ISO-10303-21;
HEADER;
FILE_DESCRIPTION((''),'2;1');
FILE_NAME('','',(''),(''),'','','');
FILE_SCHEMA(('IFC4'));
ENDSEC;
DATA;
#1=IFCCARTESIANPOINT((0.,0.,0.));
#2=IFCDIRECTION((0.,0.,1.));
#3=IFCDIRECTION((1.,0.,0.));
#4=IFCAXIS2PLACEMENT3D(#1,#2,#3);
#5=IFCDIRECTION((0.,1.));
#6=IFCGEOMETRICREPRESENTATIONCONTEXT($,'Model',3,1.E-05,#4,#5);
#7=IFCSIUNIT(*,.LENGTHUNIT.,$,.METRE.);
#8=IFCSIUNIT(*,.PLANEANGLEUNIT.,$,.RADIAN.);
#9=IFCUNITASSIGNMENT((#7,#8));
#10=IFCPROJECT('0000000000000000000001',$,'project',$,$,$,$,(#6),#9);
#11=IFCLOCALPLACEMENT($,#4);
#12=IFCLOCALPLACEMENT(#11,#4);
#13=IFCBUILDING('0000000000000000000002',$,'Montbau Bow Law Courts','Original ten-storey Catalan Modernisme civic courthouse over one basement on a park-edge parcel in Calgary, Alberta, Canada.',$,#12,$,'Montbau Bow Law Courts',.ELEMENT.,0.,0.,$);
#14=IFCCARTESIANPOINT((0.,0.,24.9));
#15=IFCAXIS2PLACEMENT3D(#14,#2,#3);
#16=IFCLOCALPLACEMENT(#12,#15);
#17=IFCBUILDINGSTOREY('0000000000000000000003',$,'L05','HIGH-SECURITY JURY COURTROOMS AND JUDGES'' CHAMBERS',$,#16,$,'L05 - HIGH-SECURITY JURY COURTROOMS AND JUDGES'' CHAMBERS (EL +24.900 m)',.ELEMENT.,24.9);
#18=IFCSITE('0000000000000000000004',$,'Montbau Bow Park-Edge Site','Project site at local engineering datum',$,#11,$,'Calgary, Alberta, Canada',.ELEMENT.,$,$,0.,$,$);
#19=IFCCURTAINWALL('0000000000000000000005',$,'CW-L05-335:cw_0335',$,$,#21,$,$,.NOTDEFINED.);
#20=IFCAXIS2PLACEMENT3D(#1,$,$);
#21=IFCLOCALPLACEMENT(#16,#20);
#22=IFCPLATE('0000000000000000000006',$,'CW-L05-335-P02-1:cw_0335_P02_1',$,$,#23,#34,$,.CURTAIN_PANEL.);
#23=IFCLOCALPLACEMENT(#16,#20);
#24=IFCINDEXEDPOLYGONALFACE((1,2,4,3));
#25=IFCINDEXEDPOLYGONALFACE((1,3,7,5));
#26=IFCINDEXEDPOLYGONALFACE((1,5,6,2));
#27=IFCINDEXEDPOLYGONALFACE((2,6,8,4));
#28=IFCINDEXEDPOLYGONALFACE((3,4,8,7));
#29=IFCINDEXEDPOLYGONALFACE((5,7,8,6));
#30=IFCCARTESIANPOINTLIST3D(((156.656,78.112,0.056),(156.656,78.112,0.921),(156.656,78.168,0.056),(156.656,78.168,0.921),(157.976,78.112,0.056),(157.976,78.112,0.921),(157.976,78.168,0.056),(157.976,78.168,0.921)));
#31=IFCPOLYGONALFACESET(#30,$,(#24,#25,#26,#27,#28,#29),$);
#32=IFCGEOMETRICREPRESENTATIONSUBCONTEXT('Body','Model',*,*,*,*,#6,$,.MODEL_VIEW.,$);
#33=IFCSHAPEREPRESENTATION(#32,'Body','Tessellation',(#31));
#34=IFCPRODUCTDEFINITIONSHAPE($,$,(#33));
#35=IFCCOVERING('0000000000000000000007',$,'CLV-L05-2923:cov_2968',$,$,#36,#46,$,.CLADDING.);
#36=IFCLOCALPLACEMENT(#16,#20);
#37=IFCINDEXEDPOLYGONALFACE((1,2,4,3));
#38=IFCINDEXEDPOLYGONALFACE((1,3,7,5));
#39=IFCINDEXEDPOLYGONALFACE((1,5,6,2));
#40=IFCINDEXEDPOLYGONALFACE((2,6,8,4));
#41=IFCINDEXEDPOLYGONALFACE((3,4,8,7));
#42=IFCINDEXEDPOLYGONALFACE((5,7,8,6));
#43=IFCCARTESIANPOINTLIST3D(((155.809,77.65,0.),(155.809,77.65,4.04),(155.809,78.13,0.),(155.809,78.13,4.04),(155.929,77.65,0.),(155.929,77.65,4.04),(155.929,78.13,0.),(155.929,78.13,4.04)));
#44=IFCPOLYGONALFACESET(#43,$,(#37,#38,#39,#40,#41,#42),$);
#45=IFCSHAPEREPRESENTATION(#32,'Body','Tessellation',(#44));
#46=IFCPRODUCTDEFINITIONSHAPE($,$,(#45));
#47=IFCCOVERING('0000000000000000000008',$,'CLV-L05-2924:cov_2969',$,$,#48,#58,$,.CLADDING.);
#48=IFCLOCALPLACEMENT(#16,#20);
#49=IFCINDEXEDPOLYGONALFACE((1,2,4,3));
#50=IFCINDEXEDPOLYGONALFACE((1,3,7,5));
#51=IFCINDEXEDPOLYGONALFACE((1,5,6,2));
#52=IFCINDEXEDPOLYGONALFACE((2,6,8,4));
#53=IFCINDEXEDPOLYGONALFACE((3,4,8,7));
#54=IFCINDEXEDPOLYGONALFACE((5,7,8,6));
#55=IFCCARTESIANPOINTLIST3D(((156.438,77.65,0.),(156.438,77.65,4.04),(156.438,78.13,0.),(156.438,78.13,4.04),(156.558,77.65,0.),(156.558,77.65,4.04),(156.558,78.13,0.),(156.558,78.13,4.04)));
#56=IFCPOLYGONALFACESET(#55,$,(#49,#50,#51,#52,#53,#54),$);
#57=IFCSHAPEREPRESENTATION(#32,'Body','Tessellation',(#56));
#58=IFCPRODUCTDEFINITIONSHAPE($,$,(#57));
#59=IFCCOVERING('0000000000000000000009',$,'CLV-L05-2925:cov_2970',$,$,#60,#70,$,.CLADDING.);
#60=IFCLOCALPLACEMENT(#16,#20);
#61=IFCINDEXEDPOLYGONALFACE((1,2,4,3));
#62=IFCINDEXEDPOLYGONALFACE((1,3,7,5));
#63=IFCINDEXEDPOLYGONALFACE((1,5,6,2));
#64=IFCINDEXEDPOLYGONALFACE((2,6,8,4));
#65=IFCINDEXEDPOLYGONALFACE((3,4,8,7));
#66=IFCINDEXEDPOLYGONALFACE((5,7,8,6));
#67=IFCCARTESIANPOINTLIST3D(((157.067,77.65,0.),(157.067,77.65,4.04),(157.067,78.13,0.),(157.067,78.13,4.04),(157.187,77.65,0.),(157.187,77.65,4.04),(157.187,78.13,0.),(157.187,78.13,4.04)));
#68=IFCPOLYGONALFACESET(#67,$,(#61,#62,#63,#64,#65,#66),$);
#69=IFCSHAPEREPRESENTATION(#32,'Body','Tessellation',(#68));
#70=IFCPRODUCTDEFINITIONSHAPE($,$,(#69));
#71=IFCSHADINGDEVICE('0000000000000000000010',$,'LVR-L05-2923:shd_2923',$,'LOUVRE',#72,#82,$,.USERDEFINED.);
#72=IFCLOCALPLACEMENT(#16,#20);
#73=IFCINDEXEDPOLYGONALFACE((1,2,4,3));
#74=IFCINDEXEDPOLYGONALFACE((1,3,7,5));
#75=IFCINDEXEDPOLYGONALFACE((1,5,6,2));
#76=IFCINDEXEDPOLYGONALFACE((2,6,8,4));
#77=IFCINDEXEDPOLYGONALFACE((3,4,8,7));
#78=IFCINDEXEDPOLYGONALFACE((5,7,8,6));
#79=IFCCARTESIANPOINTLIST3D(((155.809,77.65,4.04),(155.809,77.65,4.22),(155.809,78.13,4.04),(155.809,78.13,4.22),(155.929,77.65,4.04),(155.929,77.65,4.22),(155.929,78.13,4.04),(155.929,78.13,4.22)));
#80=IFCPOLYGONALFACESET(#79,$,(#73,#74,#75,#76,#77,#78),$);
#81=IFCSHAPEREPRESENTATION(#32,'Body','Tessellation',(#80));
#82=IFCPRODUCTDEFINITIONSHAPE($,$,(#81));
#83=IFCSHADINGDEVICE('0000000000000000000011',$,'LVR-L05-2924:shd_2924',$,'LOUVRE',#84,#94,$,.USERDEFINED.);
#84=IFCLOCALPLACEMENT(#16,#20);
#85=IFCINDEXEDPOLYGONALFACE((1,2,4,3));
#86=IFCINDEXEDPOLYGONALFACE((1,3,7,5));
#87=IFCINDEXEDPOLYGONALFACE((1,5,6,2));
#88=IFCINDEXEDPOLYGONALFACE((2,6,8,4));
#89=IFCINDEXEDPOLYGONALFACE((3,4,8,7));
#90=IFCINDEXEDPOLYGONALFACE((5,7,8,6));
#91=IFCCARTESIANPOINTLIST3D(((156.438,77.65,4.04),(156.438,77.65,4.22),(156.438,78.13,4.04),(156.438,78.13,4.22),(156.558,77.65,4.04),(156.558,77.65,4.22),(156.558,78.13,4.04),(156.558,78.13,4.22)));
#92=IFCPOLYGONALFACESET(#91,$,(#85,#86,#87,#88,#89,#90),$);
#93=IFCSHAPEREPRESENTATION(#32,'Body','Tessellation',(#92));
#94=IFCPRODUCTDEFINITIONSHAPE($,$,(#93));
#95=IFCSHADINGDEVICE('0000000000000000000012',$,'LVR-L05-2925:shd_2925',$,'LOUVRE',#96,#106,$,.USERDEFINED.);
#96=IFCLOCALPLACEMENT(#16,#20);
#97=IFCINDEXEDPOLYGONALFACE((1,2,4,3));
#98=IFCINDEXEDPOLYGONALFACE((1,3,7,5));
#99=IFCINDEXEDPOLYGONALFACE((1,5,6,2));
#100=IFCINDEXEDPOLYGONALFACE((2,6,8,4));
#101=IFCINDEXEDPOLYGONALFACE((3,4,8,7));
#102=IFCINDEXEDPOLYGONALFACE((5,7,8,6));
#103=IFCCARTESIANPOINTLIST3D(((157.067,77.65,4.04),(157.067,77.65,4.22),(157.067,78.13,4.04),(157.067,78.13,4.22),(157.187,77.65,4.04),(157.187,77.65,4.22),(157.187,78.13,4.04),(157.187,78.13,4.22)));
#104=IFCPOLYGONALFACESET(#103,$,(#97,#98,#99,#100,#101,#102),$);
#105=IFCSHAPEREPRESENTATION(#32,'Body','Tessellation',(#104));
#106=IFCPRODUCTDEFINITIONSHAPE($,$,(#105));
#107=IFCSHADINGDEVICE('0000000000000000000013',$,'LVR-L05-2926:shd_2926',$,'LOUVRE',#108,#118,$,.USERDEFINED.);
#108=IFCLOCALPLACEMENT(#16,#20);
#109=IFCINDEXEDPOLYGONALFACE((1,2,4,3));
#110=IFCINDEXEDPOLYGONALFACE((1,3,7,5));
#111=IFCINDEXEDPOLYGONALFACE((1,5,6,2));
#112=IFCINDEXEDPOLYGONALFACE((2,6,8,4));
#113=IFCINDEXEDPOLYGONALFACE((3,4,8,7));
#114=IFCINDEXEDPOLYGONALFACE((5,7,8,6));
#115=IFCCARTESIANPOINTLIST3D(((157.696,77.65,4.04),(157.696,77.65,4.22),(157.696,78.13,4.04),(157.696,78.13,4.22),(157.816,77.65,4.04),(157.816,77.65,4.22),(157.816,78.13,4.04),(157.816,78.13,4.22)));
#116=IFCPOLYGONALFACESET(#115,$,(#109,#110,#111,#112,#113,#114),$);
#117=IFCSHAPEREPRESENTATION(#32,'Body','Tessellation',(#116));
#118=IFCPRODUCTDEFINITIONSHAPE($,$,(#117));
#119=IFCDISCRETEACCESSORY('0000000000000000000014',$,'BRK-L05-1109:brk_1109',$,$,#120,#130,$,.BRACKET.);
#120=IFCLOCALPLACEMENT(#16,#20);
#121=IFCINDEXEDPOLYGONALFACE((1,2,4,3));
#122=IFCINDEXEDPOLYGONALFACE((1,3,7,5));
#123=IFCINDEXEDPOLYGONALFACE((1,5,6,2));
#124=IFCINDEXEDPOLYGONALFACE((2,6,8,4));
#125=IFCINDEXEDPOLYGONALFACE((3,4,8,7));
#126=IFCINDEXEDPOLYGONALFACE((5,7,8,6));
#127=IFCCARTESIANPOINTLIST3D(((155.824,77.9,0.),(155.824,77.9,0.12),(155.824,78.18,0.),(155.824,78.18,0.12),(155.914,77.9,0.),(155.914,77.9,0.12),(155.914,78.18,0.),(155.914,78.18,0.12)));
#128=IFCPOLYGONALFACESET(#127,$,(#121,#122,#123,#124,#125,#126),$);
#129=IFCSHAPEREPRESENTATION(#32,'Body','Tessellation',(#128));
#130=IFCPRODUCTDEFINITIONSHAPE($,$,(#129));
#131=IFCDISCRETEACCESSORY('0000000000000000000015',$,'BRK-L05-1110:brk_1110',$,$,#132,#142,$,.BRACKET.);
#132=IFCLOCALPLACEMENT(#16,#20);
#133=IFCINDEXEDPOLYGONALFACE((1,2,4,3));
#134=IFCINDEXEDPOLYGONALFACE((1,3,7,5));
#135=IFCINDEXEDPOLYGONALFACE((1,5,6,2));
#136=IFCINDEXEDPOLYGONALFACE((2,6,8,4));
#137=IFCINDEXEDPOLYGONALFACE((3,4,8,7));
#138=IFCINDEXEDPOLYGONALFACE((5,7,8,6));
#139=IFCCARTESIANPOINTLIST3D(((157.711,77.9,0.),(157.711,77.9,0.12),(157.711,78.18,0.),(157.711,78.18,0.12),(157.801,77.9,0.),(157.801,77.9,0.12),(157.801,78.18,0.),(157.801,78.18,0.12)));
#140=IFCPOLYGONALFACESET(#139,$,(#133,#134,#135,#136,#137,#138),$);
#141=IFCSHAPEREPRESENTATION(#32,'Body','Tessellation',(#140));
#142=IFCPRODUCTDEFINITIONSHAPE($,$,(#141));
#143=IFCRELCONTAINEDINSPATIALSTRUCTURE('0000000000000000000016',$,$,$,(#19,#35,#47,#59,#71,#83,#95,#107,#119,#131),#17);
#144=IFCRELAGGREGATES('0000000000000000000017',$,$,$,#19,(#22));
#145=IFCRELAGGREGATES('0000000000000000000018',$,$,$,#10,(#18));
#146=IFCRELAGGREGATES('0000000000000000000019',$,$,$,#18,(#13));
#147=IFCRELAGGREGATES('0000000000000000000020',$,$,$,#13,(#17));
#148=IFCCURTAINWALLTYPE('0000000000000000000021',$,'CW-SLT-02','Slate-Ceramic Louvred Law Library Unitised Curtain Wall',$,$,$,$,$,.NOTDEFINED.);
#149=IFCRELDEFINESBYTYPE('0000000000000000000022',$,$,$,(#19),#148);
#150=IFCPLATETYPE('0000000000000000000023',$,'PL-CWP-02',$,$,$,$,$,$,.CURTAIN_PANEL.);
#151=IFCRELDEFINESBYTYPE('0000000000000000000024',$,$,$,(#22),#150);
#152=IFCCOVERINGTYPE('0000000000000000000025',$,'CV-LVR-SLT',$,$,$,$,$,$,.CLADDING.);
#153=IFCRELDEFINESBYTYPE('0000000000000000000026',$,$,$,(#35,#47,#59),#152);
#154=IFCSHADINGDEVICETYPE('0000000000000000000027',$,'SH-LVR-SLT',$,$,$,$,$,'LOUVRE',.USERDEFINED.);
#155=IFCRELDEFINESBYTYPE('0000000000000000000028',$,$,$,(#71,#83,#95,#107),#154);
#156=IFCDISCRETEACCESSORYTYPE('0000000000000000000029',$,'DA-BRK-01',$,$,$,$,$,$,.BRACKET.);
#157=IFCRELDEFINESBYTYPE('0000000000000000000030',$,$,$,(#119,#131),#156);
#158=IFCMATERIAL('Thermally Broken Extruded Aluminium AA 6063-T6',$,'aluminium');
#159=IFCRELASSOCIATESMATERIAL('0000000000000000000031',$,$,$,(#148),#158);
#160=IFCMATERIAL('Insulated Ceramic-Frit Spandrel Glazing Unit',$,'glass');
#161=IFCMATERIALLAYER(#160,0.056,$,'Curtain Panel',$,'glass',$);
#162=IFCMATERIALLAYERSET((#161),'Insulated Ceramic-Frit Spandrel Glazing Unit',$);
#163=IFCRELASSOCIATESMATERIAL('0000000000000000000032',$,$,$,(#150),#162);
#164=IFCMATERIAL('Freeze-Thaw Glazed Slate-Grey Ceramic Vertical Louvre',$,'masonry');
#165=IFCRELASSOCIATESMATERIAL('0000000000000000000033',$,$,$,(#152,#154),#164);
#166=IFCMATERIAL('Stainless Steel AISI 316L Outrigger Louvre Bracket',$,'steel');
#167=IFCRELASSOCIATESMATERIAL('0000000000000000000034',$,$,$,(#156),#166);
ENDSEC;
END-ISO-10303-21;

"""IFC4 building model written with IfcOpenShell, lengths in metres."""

from ifc_helpers import new_model, si_unit, direction, frame, frame_2d, origin_with_axes, origin_2d_with_axis, place, context, subcontext, project, spatial, rectangle, extrude, material, layer, layer_set, type_object, element, aggregate, save


model = new_model("IFC4")

# Units and contexts
model_context = context("Model", 3, precision=1e-05, world=origin_with_axes(), true_north=direction((0.0, 1.0)))
body_context = subcontext(model_context, "Body", "Model", "MODEL_VIEW")
ifc_project = project(units=[si_unit("LENGTHUNIT", "METRE"), si_unit("PLANEANGLEUNIT", "RADIAN")], contexts=[model_context])

# Site, building, storey
site_placement = place(None, origin_with_axes())
site = spatial("IfcSite", under=ifc_project, at=site_placement, Name="Montbau Bow Park-Edge Site", Description="Project site at local engineering datum", LongName="Calgary, Alberta, Canada", CompositionType="ELEMENT", RefElevation=0.0)
building_placement = place(site_placement, origin_with_axes())
building = spatial("IfcBuilding", under=site, at=building_placement, Name="Montbau Bow Law Courts", Description="Original ten-storey Catalan Modernisme civic courthouse over one basement on a park-edge parcel in Calgary, Alberta, Canada.", LongName="Montbau Bow Law Courts", CompositionType="ELEMENT", ElevationOfRefHeight=0.0, ElevationOfTerrain=0.0)
storey_placement = place(building_placement, frame((0.0, 0.0, 24.9), z_axis=(0.0, 0.0, 1.0), x_axis=(1.0, 0.0, 0.0)))
storey = spatial("IfcBuildingStorey", under=building, at=storey_placement, Name="L05", Description="HIGH-SECURITY JURY COURTROOMS AND JUDGES' CHAMBERS", LongName="L05 - HIGH-SECURITY JURY COURTROOMS AND JUDGES' CHAMBERS (EL +24.900 m)", CompositionType="ELEMENT", Elevation=24.9)

# Curtain wall, plate
ifc_material_1 = material(Name="Thermally Broken Extruded Aluminium AA 6063-T6", Category="aluminium")
curtain_wall_type = type_object("IfcCurtainWallType", Name="CW-SLT-02", Description="Slate-Ceramic Louvred Law Library Unitised Curtain Wall", PredefinedType="NOTDEFINED", material=ifc_material_1)
curtain_wall_placement = place(None, frame((155.24, 78.14, 24.9), z_axis=(0.0, 0.0, 1.0), x_axis=(1.0, 0.0, 0.0)))
curtain_wall = element("IfcCurtainWall", 1, at=curtain_wall_placement, inside=storey, type_object=curtain_wall_type, Name="CW-L05-335:cw_0335", PredefinedType="NOTDEFINED")
ifc_material_2 = material(Name="Insulated Ceramic-Frit Spandrel Glazing Unit", Category="glass")
ifc_layer_1 = layer(ifc_material_2, 0.056, Name="Curtain Panel", Category="glass")
ifc_layer_set_1 = layer_set([ifc_layer_1], Name="Insulated Ceramic-Frit Spandrel Glazing Unit")
plate_type_1 = type_object("IfcPlateType", Name="PL-CWP-02", PredefinedType="CURTAIN_PANEL", material=ifc_layer_set_1)
plate_1_placement = place(None, frame((156.656, 78.14, 24.956), z_axis=(0.0, -1.0, 0.0), x_axis=(1.0, 0.0, 0.0)))
plate_1 = element("IfcPlate", 2, at=plate_1_placement, type_object=plate_type_1, Name="CW-L05-335-P02-1:cw_0335_P02_1", PredefinedType="CURTAIN_PANEL", context=body_context, shape_type="SweptSolid", body=[
    extrude(rectangle(XDim=1.32, YDim=0.865, at=frame_2d((0.66, 0.4325), x_axis=(1.0, 0.0))), frame((0.0, 0.0, -0.028), z_axis=(0.0, 0.0, 1.0), x_axis=(1.0, 0.0, 0.0)), (0.0, 0.0, 1.0), 0.056),
])
aggregate(curtain_wall, [plate_1])

# Coverings
ifc_material_3 = material(Name="Freeze-Thaw Glazed Slate-Grey Ceramic Vertical Louvre", Category="masonry")
covering_type = type_object("IfcCoveringType", Name="CV-LVR-SLT", PredefinedType="CLADDING", material=ifc_material_3)
for number, where, z_axis, x_axis, name in (
    (3, (155.869, 78.13, 24.9), (-1.0, 0.0, 0.0), (0.0, -1.0, 0.0), "CLV-L05-2923:cov_2968"),
    (4, (156.498, 78.13, 24.9), (-1.0, 0.0, 0.0), (0.0, -1.0, 0.0), "CLV-L05-2924:cov_2969"),
    (5, (157.127, 78.13, 24.9), (-1.0, 0.0, 0.0), (0.0, -1.0, 0.0), "CLV-L05-2925:cov_2970"),
):
    element("IfcCovering", number, at=place(None, frame(where, z_axis=z_axis, x_axis=x_axis)), inside=storey, type_object=covering_type, Name=name, PredefinedType="CLADDING", context=body_context, shape_type="SweptSolid", body=[
        extrude(rectangle(XDim=0.48, YDim=4.04, at=frame_2d((0.24, 2.02), x_axis=(1.0, 0.0))), frame((0.0, 0.0, -0.06), z_axis=(0.0, 0.0, 1.0), x_axis=(1.0, 0.0, 0.0)), (0.0, 0.0, 1.0), 0.12),
    ])

# Shading devices
shading_device_type = type_object("IfcShadingDeviceType", Name="SH-LVR-SLT", ElementType="LOUVRE", PredefinedType="USERDEFINED", material=ifc_material_3)
for number, where, z_axis, x_axis, name in (
    (6, (155.869, 77.89, 28.94), (0.0, 0.0, 1.0), (0.0, -1.0, 0.0), "LVR-L05-2923:shd_2923"),
    (7, (156.498, 77.89, 28.94), (0.0, 0.0, 1.0), (0.0, -1.0, 0.0), "LVR-L05-2924:shd_2924"),
    (8, (157.127, 77.89, 28.94), (0.0, 0.0, 1.0), (0.0, -1.0, 0.0), "LVR-L05-2925:shd_2925"),
    (9, (157.756, 77.89, 28.94), (0.0, 0.0, 1.0), (0.0, -1.0, 0.0), "LVR-L05-2926:shd_2926"),
):
    element("IfcShadingDevice", number, at=place(None, frame(where, z_axis=z_axis, x_axis=x_axis)), inside=storey, type_object=shading_device_type, Name=name, ObjectType="LOUVRE", PredefinedType="USERDEFINED", context=body_context, shape_type="SweptSolid", body=[
        extrude(rectangle(XDim=0.48, YDim=0.12, at=origin_2d_with_axis()), origin_with_axes(), (0.0, 0.0, 1.0), 0.18),
    ])

# Discrete accessories
ifc_material_4 = material(Name="Stainless Steel AISI 316L Outrigger Louvre Bracket", Category="steel")
discrete_accessory_type = type_object("IfcDiscreteAccessoryType", Name="DA-BRK-01", PredefinedType="BRACKET", material=ifc_material_4)
for number, where, z_axis, x_axis, name in (
    (10, (155.869, 78.04, 24.9), (0.0, 0.0, 1.0), (0.0, -1.0, 0.0), "BRK-L05-1109:brk_1109"),
    (11, (157.756, 78.04, 24.9), (0.0, 0.0, 1.0), (0.0, -1.0, 0.0), "BRK-L05-1110:brk_1110"),
):
    element("IfcDiscreteAccessory", number, at=place(None, frame(where, z_axis=z_axis, x_axis=x_axis)), inside=storey, type_object=discrete_accessory_type, Name=name, PredefinedType="BRACKET", context=body_context, shape_type="SweptSolid", body=[
        extrude(rectangle(XDim=0.28, YDim=0.09, at=origin_2d_with_axis()), origin_with_axes(), (0.0, 0.0, 1.0), 0.12),
    ])

save(model, "model.ifc")
